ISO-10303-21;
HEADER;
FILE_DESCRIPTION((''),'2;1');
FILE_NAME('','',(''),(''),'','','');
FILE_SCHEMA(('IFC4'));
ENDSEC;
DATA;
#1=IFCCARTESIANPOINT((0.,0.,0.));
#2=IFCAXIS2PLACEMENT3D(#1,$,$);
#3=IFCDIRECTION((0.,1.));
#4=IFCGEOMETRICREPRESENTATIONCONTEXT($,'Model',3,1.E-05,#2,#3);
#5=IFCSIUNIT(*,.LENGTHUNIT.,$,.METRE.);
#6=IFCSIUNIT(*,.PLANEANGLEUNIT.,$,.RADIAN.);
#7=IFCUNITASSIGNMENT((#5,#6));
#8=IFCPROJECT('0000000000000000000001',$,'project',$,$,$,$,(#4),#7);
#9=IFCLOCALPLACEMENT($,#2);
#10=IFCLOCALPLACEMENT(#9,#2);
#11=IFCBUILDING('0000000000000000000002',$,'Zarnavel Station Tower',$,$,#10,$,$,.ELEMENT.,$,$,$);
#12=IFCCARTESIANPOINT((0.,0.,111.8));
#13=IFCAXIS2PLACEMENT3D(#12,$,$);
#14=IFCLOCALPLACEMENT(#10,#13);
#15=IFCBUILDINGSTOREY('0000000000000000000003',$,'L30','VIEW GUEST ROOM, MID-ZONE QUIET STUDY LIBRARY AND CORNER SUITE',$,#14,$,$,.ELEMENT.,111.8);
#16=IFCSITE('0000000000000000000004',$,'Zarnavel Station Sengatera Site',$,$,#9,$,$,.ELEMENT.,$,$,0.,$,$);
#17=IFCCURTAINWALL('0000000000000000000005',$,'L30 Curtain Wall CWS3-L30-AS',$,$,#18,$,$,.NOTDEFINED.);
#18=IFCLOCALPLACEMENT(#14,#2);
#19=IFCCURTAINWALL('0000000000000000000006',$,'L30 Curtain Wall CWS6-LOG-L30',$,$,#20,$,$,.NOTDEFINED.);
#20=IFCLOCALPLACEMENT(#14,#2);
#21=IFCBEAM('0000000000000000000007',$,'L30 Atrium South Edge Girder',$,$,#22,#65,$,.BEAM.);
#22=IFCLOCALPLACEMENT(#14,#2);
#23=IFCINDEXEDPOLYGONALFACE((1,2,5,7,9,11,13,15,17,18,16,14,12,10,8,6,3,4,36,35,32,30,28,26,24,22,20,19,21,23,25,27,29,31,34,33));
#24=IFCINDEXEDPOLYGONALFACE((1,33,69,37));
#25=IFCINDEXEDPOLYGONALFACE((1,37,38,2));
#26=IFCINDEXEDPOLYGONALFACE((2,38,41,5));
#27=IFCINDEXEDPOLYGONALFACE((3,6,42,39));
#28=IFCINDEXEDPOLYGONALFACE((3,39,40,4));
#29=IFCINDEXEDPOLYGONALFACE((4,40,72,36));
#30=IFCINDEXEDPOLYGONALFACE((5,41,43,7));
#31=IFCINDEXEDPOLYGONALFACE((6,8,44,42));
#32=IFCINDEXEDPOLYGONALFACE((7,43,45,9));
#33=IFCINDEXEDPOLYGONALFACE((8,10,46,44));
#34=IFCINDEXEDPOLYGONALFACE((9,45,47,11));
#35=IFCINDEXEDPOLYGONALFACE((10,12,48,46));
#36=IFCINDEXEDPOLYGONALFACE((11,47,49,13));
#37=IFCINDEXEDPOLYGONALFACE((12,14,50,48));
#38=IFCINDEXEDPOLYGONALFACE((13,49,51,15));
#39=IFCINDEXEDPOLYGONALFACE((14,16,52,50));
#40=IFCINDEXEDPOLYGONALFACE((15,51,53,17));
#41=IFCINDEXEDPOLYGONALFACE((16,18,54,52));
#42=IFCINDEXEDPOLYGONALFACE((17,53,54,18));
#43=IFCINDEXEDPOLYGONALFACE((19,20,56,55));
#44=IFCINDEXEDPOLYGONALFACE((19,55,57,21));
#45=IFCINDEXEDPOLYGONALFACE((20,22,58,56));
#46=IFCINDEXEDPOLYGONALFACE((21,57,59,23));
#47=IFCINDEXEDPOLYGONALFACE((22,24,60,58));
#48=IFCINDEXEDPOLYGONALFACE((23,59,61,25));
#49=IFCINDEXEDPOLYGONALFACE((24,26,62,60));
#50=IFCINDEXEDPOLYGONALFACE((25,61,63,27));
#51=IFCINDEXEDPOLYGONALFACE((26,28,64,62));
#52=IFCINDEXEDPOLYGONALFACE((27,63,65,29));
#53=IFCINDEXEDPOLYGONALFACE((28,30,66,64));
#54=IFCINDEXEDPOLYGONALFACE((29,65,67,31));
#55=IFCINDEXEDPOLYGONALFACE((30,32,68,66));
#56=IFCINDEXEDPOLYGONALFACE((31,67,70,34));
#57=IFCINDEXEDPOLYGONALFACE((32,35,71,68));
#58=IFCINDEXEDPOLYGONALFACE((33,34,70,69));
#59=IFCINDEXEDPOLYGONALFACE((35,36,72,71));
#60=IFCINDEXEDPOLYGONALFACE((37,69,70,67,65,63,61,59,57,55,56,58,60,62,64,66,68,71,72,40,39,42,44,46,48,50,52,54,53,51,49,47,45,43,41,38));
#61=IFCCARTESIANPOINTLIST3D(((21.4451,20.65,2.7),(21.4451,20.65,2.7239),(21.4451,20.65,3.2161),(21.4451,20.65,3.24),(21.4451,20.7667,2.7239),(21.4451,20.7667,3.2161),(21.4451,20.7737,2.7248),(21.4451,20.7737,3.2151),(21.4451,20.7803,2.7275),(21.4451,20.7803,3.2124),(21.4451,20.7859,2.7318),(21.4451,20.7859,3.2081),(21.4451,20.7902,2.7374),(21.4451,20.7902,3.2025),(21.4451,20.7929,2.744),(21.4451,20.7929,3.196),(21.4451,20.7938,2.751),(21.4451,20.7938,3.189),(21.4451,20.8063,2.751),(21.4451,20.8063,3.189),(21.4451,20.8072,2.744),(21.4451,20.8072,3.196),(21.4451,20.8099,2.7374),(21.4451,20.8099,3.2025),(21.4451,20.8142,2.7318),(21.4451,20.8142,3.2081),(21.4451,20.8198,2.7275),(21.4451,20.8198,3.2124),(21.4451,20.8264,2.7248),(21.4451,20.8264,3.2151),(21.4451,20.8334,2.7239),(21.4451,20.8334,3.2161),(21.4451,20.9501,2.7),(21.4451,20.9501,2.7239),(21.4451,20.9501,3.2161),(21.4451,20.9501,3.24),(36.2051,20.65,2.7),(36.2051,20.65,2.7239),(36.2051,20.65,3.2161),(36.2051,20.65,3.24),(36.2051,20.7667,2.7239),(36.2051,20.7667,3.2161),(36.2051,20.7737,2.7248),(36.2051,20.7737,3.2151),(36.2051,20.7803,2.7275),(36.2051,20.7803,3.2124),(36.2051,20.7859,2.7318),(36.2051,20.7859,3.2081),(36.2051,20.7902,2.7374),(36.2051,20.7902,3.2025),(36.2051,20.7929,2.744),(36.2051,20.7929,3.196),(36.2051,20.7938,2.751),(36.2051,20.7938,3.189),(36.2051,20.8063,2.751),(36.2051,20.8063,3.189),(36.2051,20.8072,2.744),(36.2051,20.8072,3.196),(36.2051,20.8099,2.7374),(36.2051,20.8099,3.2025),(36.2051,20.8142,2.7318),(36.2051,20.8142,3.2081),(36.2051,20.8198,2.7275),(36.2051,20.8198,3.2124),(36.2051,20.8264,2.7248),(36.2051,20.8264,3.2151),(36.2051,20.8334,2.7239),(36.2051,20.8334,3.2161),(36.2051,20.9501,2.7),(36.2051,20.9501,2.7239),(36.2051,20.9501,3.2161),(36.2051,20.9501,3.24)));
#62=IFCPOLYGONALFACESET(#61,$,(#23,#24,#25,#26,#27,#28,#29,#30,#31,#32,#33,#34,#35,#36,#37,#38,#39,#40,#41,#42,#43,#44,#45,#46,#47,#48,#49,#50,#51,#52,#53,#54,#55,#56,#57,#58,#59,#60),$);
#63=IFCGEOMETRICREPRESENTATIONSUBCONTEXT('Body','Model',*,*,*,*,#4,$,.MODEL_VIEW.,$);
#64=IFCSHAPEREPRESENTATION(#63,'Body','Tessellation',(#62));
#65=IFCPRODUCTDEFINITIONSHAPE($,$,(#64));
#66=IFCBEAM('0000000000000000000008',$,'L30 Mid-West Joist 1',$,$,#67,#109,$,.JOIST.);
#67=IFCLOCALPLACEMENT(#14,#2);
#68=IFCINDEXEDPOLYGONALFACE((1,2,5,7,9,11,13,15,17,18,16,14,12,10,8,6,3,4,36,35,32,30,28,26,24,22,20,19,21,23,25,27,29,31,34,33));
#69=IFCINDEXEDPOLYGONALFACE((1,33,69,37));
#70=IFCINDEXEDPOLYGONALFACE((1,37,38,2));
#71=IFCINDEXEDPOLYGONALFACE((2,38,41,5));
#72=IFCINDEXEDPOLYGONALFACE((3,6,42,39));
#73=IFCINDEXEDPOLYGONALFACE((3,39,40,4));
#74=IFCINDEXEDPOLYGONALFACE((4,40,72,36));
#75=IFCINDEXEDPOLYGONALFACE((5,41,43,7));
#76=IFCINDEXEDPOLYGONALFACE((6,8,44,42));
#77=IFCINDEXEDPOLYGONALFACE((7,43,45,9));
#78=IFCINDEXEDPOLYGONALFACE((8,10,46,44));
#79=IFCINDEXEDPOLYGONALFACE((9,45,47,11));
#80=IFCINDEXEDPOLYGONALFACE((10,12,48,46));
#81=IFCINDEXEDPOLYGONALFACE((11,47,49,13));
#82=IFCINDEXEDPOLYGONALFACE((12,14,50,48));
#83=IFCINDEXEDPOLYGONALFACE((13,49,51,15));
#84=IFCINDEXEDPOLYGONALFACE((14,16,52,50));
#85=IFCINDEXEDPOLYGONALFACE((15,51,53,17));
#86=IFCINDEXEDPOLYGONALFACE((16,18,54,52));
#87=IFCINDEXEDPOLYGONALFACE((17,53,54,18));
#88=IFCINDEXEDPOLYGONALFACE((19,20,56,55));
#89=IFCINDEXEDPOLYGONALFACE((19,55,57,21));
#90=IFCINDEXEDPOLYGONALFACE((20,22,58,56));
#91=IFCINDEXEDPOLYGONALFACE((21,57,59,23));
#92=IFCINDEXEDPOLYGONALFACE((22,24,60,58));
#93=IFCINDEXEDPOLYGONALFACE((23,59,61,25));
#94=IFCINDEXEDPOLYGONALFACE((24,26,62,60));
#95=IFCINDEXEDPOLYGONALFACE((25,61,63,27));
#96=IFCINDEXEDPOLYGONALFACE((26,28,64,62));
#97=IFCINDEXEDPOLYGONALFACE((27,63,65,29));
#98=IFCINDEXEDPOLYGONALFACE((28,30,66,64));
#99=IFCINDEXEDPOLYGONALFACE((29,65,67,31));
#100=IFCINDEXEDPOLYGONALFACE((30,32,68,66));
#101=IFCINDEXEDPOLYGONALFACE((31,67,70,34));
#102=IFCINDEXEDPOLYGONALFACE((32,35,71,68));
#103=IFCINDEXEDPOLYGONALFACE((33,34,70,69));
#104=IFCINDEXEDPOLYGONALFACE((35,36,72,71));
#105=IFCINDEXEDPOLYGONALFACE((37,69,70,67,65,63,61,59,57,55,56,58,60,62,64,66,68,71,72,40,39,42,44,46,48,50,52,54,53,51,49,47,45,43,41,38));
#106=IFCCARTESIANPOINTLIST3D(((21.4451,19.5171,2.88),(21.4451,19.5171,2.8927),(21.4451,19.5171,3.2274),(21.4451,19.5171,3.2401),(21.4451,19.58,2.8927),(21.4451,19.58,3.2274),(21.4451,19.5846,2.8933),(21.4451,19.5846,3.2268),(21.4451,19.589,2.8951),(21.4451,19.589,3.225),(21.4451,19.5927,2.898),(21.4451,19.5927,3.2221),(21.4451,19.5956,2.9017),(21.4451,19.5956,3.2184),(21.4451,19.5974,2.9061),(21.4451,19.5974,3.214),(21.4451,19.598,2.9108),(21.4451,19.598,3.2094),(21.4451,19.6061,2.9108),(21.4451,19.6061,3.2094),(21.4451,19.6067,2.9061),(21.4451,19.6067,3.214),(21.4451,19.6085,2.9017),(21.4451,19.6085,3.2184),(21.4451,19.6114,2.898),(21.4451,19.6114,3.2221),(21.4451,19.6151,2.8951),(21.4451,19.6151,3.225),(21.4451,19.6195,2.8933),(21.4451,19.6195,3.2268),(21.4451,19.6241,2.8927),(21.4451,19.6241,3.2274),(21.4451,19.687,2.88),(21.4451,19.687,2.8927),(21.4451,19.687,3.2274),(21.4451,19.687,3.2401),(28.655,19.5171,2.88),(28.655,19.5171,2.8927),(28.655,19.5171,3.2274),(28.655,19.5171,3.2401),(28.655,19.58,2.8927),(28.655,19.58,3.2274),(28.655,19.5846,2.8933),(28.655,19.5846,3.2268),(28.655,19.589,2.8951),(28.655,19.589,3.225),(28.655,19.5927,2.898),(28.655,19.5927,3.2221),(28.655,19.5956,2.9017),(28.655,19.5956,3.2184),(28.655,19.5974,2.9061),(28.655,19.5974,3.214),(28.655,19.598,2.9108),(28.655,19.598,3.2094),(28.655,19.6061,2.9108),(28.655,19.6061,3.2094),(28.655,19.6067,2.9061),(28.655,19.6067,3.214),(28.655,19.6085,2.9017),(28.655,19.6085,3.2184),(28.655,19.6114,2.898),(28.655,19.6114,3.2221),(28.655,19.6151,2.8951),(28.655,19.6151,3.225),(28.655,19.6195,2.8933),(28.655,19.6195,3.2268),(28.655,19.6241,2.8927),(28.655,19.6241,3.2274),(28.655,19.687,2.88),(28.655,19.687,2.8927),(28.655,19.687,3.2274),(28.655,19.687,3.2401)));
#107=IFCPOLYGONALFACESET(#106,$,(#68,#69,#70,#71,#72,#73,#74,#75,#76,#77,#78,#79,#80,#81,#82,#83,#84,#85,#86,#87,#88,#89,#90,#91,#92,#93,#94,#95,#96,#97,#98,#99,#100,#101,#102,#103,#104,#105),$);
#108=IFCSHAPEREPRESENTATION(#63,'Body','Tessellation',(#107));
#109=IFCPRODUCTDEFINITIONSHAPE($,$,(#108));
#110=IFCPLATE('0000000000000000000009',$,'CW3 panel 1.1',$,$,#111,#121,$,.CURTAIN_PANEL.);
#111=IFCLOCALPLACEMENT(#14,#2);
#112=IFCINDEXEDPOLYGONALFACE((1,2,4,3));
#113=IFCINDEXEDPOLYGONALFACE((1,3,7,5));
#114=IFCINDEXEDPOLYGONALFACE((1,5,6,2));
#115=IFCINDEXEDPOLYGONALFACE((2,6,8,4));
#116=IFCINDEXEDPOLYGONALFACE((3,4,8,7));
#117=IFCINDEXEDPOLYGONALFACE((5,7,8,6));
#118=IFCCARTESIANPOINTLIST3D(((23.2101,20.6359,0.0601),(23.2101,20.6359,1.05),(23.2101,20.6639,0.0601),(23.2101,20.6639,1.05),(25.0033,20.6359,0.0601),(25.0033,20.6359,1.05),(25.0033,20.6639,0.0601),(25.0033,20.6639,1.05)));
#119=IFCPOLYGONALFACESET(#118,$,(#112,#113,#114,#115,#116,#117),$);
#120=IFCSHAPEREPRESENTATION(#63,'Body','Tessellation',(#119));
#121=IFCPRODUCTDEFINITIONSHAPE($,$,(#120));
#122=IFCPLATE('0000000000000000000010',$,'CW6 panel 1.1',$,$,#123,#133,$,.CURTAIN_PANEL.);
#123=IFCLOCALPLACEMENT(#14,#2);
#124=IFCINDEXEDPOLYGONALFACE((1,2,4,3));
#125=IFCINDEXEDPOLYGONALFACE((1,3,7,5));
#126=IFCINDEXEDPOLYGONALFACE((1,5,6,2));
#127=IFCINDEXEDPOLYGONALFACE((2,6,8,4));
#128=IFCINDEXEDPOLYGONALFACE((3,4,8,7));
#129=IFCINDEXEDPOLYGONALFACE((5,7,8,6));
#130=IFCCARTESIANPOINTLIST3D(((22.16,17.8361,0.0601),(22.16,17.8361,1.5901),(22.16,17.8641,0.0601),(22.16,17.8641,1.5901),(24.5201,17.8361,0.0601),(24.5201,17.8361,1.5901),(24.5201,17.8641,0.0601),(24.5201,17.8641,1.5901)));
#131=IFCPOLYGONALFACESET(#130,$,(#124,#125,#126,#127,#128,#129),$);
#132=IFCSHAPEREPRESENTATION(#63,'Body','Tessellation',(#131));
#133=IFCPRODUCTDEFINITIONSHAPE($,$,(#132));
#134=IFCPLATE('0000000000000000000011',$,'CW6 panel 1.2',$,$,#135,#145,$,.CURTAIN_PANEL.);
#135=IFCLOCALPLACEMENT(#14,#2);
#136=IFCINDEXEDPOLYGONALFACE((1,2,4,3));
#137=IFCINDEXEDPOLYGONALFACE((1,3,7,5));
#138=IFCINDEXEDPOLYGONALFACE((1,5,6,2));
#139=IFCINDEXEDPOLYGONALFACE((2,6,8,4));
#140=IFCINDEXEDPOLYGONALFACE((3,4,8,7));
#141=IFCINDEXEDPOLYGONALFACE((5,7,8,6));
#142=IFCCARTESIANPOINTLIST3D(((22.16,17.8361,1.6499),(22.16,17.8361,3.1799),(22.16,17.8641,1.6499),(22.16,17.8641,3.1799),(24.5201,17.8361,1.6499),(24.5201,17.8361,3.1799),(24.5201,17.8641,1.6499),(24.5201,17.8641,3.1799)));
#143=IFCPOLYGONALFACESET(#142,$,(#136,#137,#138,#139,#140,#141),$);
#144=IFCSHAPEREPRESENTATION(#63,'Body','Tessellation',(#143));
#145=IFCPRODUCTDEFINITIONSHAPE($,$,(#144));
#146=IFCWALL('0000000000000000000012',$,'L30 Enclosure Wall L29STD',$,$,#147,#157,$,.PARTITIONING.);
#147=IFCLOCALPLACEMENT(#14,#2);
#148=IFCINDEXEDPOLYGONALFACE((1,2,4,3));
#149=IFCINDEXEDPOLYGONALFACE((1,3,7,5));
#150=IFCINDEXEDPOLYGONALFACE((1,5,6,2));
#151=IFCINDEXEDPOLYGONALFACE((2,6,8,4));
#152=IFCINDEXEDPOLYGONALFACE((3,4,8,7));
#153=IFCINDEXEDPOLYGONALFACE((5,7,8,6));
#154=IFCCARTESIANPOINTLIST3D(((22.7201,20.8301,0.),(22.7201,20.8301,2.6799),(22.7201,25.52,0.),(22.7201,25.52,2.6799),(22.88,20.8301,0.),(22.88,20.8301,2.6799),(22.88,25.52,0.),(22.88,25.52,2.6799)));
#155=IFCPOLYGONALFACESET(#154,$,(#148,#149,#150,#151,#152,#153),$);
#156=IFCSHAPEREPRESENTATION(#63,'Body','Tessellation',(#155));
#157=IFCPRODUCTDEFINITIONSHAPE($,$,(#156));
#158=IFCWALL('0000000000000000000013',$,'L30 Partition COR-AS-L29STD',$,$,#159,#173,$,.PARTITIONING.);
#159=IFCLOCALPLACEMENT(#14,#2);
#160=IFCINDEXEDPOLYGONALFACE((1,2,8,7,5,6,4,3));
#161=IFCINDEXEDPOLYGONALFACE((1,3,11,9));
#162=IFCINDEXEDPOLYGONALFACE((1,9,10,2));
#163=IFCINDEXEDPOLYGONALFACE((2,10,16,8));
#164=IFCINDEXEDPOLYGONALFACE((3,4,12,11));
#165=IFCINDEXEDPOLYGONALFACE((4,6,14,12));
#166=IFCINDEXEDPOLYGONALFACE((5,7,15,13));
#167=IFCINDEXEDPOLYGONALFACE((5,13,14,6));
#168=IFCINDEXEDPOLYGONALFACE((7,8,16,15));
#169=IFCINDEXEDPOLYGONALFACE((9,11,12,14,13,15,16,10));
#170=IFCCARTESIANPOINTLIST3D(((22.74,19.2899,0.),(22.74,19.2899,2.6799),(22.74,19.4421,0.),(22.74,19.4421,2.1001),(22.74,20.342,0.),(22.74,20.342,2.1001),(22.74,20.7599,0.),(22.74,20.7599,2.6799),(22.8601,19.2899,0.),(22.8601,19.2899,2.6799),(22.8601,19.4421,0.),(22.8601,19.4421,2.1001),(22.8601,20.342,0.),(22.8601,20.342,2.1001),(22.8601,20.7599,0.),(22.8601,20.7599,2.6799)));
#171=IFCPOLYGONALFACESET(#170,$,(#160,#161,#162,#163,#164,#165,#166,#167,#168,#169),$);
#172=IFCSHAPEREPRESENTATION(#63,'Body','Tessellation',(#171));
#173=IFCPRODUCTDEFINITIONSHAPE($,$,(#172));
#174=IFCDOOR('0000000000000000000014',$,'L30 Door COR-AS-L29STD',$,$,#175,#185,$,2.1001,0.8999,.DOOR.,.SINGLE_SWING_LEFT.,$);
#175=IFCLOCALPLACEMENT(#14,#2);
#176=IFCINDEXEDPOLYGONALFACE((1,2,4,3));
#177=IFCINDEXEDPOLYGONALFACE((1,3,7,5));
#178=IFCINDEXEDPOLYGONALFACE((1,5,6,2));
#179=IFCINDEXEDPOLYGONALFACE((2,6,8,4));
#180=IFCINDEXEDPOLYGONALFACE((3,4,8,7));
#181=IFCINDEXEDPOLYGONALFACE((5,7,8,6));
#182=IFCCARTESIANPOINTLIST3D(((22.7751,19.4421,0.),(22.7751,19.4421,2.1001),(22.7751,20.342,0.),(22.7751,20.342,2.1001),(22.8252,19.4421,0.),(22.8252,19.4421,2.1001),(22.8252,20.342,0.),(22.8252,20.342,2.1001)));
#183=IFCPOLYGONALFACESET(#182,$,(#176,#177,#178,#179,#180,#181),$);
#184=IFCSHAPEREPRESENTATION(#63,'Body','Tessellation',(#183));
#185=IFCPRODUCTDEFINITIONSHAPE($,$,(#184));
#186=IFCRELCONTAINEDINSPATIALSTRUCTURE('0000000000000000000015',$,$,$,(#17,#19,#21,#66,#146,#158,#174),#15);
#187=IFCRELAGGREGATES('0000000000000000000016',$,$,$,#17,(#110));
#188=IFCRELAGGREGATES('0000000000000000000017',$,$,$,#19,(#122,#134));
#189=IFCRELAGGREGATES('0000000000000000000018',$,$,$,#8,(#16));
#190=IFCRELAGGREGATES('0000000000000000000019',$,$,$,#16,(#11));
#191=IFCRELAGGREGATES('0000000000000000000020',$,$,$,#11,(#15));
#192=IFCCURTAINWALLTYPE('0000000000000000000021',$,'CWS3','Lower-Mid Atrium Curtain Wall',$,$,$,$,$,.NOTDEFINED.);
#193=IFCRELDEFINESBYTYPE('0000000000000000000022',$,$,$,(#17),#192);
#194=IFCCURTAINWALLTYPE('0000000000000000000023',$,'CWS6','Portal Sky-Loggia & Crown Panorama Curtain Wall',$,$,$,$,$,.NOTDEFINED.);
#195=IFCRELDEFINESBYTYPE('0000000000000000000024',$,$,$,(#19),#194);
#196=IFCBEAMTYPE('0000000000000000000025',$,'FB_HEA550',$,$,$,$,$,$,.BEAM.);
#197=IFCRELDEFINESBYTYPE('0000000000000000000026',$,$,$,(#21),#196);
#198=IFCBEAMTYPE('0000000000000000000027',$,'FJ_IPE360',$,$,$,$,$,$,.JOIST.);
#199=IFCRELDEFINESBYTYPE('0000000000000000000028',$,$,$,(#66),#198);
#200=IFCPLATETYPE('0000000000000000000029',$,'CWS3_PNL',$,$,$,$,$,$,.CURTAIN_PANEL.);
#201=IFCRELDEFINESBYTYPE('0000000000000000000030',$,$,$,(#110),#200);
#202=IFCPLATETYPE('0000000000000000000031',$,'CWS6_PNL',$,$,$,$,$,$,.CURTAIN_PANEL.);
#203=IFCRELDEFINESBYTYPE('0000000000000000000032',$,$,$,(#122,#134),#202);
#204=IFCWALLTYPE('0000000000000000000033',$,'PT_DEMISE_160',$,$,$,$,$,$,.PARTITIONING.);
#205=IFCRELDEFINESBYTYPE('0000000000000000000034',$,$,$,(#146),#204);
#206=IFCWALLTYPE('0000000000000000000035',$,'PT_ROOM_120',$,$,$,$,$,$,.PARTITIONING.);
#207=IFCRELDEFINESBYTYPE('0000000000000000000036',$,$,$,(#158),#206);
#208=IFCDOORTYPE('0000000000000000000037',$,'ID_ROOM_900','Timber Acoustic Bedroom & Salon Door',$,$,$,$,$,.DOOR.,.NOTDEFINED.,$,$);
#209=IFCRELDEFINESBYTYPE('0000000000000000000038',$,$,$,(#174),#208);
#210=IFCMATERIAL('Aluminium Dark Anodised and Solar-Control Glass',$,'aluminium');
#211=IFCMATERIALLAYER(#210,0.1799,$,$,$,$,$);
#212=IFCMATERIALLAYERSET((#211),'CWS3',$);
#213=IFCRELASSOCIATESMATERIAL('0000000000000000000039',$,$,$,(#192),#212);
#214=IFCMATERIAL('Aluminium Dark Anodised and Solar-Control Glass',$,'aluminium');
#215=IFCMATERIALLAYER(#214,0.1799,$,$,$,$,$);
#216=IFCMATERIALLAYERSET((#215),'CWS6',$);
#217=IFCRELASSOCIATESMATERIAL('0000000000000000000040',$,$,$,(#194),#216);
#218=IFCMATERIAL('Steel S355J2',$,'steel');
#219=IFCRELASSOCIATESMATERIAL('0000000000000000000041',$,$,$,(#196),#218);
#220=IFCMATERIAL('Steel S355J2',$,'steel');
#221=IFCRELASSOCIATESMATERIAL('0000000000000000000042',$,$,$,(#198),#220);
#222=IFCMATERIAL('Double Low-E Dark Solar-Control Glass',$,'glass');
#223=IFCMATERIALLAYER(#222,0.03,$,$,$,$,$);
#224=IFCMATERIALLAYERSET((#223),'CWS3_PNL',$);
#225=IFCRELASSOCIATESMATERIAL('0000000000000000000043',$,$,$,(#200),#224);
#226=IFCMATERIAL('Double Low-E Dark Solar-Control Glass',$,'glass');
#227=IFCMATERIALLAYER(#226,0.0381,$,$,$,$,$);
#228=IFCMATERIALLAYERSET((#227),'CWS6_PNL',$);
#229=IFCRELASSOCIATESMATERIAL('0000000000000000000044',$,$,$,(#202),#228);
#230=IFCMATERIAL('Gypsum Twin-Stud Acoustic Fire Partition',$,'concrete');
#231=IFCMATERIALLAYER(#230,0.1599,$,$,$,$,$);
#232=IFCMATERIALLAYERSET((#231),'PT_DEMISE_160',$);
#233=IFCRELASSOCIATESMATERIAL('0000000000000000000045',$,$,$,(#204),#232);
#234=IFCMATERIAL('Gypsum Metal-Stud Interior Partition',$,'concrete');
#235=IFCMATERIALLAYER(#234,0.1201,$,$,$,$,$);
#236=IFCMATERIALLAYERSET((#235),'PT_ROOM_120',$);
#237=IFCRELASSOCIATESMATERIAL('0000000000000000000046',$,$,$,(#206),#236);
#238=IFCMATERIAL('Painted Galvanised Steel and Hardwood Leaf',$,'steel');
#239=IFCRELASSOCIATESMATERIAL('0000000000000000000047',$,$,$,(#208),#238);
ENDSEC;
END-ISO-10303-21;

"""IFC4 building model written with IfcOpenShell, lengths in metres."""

from ifc_helpers import new_model, si_unit, direction, frame, frame_2d, origin, origin_2d, place, context, subcontext, project, spatial, rectangle, i_section, extrude, material, layer, layer_set, material_profile, profile_set, type_object, element, fill, aggregate, save


model = new_model("IFC4")

# Units and contexts
model_context = context("Model", 3, precision=1e-05, world=origin(), true_north=direction((0.0, 1.0)))
body_context = subcontext(model_context, "Body", "Model", "MODEL_VIEW")
ifc_project = project(units=[si_unit("LENGTHUNIT", "METRE"), si_unit("PLANEANGLEUNIT", "RADIAN")], contexts=[model_context])

# Site, building, storey
site_placement = place(None, origin())
site = spatial("IfcSite", under=ifc_project, at=site_placement, Name="Zarnavel Station Sengatera Site", CompositionType="ELEMENT", RefElevation=0.0)
building_placement = place(site_placement, origin())
building = spatial("IfcBuilding", under=site, at=building_placement, Name="Zarnavel Station Tower", CompositionType="ELEMENT")
storey_placement = place(building_placement, frame((0.0, 0.0, 111.8)))
storey = spatial("IfcBuildingStorey", under=building, at=storey_placement, Name="L30", Description="VIEW GUEST ROOM, MID-ZONE QUIET STUDY LIBRARY AND CORNER SUITE", CompositionType="ELEMENT", Elevation=111.8)

# Curtain walls
ifc_material_1 = material(Name="Aluminium Dark Anodised and Solar-Control Glass", Category="aluminium")
ifc_layer_1 = layer(ifc_material_1, 0.1799)
ifc_layer_set_1 = layer_set([ifc_layer_1], Name="CWS3")
curtain_wall_type_1 = type_object("IfcCurtainWallType", Name="CWS3", Description="Lower-Mid Atrium Curtain Wall", PredefinedType="NOTDEFINED", material=ifc_layer_set_1)
curtain_wall_1_placement = place(storey_placement, origin())
curtain_wall_1 = element("IfcCurtainWall", 1, at=curtain_wall_1_placement, inside=storey, type_object=curtain_wall_type_1, Name="L30 Curtain Wall CWS3-L30-AS", PredefinedType="NOTDEFINED")
ifc_material_2 = material(Name="Aluminium Dark Anodised and Solar-Control Glass", Category="aluminium")
ifc_layer_2 = layer(ifc_material_2, 0.1799)
ifc_layer_set_2 = layer_set([ifc_layer_2], Name="CWS6")
curtain_wall_type_2 = type_object("IfcCurtainWallType", Name="CWS6", Description="Portal Sky-Loggia & Crown Panorama Curtain Wall", PredefinedType="NOTDEFINED", material=ifc_layer_set_2)
curtain_wall_2_placement = place(storey_placement, origin())
curtain_wall_2 = element("IfcCurtainWall", 2, at=curtain_wall_2_placement, inside=storey, type_object=curtain_wall_type_2, Name="L30 Curtain Wall CWS6-LOG-L30", PredefinedType="NOTDEFINED")

# Beams
ifc_material_3 = material(Name="Steel S355J2", Category="steel")
ifc_material_profile_1 = material_profile(ifc_material_3, i_section(OverallWidth=0.3, OverallDepth=0.54, WebThickness=0.0125, FlangeThickness=0.0239, FilletRadius=0.0271, at=origin_2d()), Name="HEA550")
ifc_profile_set_1 = profile_set([ifc_material_profile_1], Name="Steel S355J2")
beam_type_1 = type_object("IfcBeamType", Name="FB_HEA550", PredefinedType="BEAM", material=ifc_profile_set_1)
beam_1_placement = place(storey_placement, frame((21.4451, 20.8, 2.97), z_axis=(1.0, 0.0, 0.0), x_axis=(0.0, 1.0, 0.0)))
element("IfcBeam", 3, at=beam_1_placement, inside=storey, type_object=beam_type_1, Name="L30 Atrium South Edge Girder", PredefinedType="BEAM", context=body_context, shape_type="SweptSolid", body=[
    extrude(i_section(OverallWidth=0.3, OverallDepth=0.54, WebThickness=0.0125, FlangeThickness=0.0239, FilletRadius=0.0271, at=origin_2d()), origin(), (0.0, 0.0, 1.0), 14.76),
])
ifc_material_4 = material(Name="Steel S355J2", Category="steel")
ifc_material_profile_2 = material_profile(ifc_material_4, i_section(OverallWidth=0.1699, OverallDepth=0.3601, WebThickness=0.0081, FlangeThickness=0.0127, FilletRadius=0.0181, at=origin_2d()), Name="IPE360")
ifc_profile_set_2 = profile_set([ifc_material_profile_2], Name="Steel S355J2")
beam_type_2 = type_object("IfcBeamType", Name="FJ_IPE360", PredefinedType="JOIST", material=ifc_profile_set_2)
beam_2_placement = place(storey_placement, frame((21.4451, 19.6021, 3.0601), z_axis=(1.0, 0.0, 0.0), x_axis=(0.0, 1.0, 0.0)))
element("IfcBeam", 4, at=beam_2_placement, inside=storey, type_object=beam_type_2, Name="L30 Mid-West Joist 1", PredefinedType="JOIST", context=body_context, shape_type="SweptSolid", body=[
    extrude(i_section(OverallWidth=0.1699, OverallDepth=0.3601, WebThickness=0.0081, FlangeThickness=0.0127, FilletRadius=0.0181, at=origin_2d()), origin(), (0.0, 0.0, 1.0), 7.21),
])

# Plates
ifc_material_5 = material(Name="Double Low-E Dark Solar-Control Glass", Category="glass")
ifc_layer_3 = layer(ifc_material_5, 0.03)
ifc_layer_set_3 = layer_set([ifc_layer_3], Name="CWS3_PNL")
plate_type_1 = type_object("IfcPlateType", Name="CWS3_PNL", PredefinedType="CURTAIN_PANEL", material=ifc_layer_set_3)
plate_1_placement = place(storey_placement, frame((24.1067, 20.6499, 0.0601), z_axis=(0.0, 0.0, 1.0), x_axis=(1.0, 0.0, 0.0)))
plate_1 = element("IfcPlate", 5, at=plate_1_placement, type_object=plate_type_1, Name="CW3 panel 1.1", PredefinedType="CURTAIN_PANEL", context=body_context, shape_type="SweptSolid", body=[
    extrude(rectangle(XDim=1.7932, YDim=0.0281, at=origin_2d()), origin(), (0.0, 0.0, 1.0), 0.99),
])
aggregate(curtain_wall_1, [plate_1])
ifc_material_6 = material(Name="Double Low-E Dark Solar-Control Glass", Category="glass")
ifc_layer_4 = layer(ifc_material_6, 0.0381)
ifc_layer_set_4 = layer_set([ifc_layer_4], Name="CWS6_PNL")
plate_type_2 = type_object("IfcPlateType", Name="CWS6_PNL", PredefinedType="CURTAIN_PANEL", material=ifc_layer_set_4)
plate_2_placement = place(storey_placement, frame((23.3401, 17.8501, 0.0601), z_axis=(0.0, 0.0, 1.0), x_axis=(1.0, 0.0, 0.0)))
plate_2 = element("IfcPlate", 6, at=plate_2_placement, type_object=plate_type_2, Name="CW6 panel 1.1", PredefinedType="CURTAIN_PANEL", context=body_context, shape_type="SweptSolid", body=[
    extrude(rectangle(XDim=2.3601, YDim=0.0281, at=origin_2d()), origin(), (0.0, 0.0, 1.0), 1.53),
])
plate_3_placement = place(storey_placement, frame((23.3401, 17.8501, 1.6499), z_axis=(0.0, 0.0, 1.0), x_axis=(1.0, 0.0, 0.0)))
plate_3 = element("IfcPlate", 7, at=plate_3_placement, type_object=plate_type_2, Name="CW6 panel 1.2", PredefinedType="CURTAIN_PANEL", context=body_context, shape_type="SweptSolid", body=[
    extrude(rectangle(XDim=2.3601, YDim=0.0281, at=origin_2d()), origin(), (0.0, 0.0, 1.0), 1.53),
])
aggregate(curtain_wall_2, [plate_2, plate_3])

# Wall
ifc_material_7 = material(Name="Gypsum Twin-Stud Acoustic Fire Partition", Category="concrete")
ifc_layer_5 = layer(ifc_material_7, 0.1599)
ifc_layer_set_5 = layer_set([ifc_layer_5], Name="PT_DEMISE_160")
wall_type_1 = type_object("IfcWallType", Name="PT_DEMISE_160", PredefinedType="PARTITIONING", material=ifc_layer_set_5)
wall_1_placement = place(storey_placement, frame((22.8, 20.8301, 0.0), z_axis=(0.0, 0.0, 1.0), x_axis=(0.0, 1.0, 0.0)))
element("IfcWall", 8, at=wall_1_placement, inside=storey, type_object=wall_type_1, Name="L30 Enclosure Wall L29STD", PredefinedType="PARTITIONING", context=body_context, shape_type="SweptSolid", body=[
    extrude(rectangle(XDim=4.6899, YDim=0.1599, at=frame_2d((2.345, 0.0))), origin(), (0.0, 0.0, 1.0), 2.6799),
])

# Wall, opening, door
ifc_material_8 = material(Name="Gypsum Metal-Stud Interior Partition", Category="concrete")
ifc_layer_6 = layer(ifc_material_8, 0.1201)
ifc_layer_set_6 = layer_set([ifc_layer_6], Name="PT_ROOM_120")
wall_type_2 = type_object("IfcWallType", Name="PT_ROOM_120", PredefinedType="PARTITIONING", material=ifc_layer_set_6)
wall_2_placement = place(storey_placement, frame((22.8, 19.29, 0.0), z_axis=(0.0, 0.0, 1.0), x_axis=(0.0, 1.0, 0.0)))
wall_2 = element("IfcWall", 9, at=wall_2_placement, inside=storey, type_object=wall_type_2, Name="L30 Partition COR-AS-L29STD", PredefinedType="PARTITIONING", context=body_context, shape_type="SweptSolid", body=[
    extrude(rectangle(XDim=1.47, YDim=0.1201, at=frame_2d((0.7349, 0.0))), origin(), (0.0, 0.0, 1.0), 2.6799),
])
opening_1_placement = place(wall_2_placement, frame((0.1521, 0.0, 0.0)))
opening_1 = element("IfcOpeningElement", 10, at=opening_1_placement, cuts=wall_2, PredefinedType="OPENING", context=body_context, shape_type="SweptSolid", body=[
    extrude(rectangle(XDim=0.8999, YDim=2.1001, at=frame_2d((0.45, 1.05))), frame((0.0, 0.0701, 0.0), z_axis=(0.0, -1.0, 0.0), x_axis=(1.0, 0.0, 0.0)), (0.0, 0.0, 1.0), 0.1401),
])
ifc_material_9 = material(Name="Painted Galvanised Steel and Hardwood Leaf", Category="steel")
door_type = type_object("IfcDoorType", Name="ID_ROOM_900", Description="Timber Acoustic Bedroom & Salon Door", OperationType="NOTDEFINED", PredefinedType="DOOR", material=ifc_material_9)
door_1_placement = place(opening_1_placement, origin())
door_1 = element("IfcDoor", 11, at=door_1_placement, inside=storey, type_object=door_type, Name="L30 Door COR-AS-L29STD", OperationType="SINGLE_SWING_LEFT", OverallHeight=2.1001, OverallWidth=0.8999, PredefinedType="DOOR", context=body_context, shape_type="SweptSolid", body=[
    extrude(rectangle(XDim=0.8999, YDim=2.1001, at=frame_2d((0.45, 1.05))), frame((0.0, 0.0249, 0.0), z_axis=(0.0, -1.0, 0.0), x_axis=(1.0, 0.0, 0.0)), (0.0, 0.0, 1.0), 0.05),
])
fill(opening_1, door_1)

save(model, "model.ifc")
